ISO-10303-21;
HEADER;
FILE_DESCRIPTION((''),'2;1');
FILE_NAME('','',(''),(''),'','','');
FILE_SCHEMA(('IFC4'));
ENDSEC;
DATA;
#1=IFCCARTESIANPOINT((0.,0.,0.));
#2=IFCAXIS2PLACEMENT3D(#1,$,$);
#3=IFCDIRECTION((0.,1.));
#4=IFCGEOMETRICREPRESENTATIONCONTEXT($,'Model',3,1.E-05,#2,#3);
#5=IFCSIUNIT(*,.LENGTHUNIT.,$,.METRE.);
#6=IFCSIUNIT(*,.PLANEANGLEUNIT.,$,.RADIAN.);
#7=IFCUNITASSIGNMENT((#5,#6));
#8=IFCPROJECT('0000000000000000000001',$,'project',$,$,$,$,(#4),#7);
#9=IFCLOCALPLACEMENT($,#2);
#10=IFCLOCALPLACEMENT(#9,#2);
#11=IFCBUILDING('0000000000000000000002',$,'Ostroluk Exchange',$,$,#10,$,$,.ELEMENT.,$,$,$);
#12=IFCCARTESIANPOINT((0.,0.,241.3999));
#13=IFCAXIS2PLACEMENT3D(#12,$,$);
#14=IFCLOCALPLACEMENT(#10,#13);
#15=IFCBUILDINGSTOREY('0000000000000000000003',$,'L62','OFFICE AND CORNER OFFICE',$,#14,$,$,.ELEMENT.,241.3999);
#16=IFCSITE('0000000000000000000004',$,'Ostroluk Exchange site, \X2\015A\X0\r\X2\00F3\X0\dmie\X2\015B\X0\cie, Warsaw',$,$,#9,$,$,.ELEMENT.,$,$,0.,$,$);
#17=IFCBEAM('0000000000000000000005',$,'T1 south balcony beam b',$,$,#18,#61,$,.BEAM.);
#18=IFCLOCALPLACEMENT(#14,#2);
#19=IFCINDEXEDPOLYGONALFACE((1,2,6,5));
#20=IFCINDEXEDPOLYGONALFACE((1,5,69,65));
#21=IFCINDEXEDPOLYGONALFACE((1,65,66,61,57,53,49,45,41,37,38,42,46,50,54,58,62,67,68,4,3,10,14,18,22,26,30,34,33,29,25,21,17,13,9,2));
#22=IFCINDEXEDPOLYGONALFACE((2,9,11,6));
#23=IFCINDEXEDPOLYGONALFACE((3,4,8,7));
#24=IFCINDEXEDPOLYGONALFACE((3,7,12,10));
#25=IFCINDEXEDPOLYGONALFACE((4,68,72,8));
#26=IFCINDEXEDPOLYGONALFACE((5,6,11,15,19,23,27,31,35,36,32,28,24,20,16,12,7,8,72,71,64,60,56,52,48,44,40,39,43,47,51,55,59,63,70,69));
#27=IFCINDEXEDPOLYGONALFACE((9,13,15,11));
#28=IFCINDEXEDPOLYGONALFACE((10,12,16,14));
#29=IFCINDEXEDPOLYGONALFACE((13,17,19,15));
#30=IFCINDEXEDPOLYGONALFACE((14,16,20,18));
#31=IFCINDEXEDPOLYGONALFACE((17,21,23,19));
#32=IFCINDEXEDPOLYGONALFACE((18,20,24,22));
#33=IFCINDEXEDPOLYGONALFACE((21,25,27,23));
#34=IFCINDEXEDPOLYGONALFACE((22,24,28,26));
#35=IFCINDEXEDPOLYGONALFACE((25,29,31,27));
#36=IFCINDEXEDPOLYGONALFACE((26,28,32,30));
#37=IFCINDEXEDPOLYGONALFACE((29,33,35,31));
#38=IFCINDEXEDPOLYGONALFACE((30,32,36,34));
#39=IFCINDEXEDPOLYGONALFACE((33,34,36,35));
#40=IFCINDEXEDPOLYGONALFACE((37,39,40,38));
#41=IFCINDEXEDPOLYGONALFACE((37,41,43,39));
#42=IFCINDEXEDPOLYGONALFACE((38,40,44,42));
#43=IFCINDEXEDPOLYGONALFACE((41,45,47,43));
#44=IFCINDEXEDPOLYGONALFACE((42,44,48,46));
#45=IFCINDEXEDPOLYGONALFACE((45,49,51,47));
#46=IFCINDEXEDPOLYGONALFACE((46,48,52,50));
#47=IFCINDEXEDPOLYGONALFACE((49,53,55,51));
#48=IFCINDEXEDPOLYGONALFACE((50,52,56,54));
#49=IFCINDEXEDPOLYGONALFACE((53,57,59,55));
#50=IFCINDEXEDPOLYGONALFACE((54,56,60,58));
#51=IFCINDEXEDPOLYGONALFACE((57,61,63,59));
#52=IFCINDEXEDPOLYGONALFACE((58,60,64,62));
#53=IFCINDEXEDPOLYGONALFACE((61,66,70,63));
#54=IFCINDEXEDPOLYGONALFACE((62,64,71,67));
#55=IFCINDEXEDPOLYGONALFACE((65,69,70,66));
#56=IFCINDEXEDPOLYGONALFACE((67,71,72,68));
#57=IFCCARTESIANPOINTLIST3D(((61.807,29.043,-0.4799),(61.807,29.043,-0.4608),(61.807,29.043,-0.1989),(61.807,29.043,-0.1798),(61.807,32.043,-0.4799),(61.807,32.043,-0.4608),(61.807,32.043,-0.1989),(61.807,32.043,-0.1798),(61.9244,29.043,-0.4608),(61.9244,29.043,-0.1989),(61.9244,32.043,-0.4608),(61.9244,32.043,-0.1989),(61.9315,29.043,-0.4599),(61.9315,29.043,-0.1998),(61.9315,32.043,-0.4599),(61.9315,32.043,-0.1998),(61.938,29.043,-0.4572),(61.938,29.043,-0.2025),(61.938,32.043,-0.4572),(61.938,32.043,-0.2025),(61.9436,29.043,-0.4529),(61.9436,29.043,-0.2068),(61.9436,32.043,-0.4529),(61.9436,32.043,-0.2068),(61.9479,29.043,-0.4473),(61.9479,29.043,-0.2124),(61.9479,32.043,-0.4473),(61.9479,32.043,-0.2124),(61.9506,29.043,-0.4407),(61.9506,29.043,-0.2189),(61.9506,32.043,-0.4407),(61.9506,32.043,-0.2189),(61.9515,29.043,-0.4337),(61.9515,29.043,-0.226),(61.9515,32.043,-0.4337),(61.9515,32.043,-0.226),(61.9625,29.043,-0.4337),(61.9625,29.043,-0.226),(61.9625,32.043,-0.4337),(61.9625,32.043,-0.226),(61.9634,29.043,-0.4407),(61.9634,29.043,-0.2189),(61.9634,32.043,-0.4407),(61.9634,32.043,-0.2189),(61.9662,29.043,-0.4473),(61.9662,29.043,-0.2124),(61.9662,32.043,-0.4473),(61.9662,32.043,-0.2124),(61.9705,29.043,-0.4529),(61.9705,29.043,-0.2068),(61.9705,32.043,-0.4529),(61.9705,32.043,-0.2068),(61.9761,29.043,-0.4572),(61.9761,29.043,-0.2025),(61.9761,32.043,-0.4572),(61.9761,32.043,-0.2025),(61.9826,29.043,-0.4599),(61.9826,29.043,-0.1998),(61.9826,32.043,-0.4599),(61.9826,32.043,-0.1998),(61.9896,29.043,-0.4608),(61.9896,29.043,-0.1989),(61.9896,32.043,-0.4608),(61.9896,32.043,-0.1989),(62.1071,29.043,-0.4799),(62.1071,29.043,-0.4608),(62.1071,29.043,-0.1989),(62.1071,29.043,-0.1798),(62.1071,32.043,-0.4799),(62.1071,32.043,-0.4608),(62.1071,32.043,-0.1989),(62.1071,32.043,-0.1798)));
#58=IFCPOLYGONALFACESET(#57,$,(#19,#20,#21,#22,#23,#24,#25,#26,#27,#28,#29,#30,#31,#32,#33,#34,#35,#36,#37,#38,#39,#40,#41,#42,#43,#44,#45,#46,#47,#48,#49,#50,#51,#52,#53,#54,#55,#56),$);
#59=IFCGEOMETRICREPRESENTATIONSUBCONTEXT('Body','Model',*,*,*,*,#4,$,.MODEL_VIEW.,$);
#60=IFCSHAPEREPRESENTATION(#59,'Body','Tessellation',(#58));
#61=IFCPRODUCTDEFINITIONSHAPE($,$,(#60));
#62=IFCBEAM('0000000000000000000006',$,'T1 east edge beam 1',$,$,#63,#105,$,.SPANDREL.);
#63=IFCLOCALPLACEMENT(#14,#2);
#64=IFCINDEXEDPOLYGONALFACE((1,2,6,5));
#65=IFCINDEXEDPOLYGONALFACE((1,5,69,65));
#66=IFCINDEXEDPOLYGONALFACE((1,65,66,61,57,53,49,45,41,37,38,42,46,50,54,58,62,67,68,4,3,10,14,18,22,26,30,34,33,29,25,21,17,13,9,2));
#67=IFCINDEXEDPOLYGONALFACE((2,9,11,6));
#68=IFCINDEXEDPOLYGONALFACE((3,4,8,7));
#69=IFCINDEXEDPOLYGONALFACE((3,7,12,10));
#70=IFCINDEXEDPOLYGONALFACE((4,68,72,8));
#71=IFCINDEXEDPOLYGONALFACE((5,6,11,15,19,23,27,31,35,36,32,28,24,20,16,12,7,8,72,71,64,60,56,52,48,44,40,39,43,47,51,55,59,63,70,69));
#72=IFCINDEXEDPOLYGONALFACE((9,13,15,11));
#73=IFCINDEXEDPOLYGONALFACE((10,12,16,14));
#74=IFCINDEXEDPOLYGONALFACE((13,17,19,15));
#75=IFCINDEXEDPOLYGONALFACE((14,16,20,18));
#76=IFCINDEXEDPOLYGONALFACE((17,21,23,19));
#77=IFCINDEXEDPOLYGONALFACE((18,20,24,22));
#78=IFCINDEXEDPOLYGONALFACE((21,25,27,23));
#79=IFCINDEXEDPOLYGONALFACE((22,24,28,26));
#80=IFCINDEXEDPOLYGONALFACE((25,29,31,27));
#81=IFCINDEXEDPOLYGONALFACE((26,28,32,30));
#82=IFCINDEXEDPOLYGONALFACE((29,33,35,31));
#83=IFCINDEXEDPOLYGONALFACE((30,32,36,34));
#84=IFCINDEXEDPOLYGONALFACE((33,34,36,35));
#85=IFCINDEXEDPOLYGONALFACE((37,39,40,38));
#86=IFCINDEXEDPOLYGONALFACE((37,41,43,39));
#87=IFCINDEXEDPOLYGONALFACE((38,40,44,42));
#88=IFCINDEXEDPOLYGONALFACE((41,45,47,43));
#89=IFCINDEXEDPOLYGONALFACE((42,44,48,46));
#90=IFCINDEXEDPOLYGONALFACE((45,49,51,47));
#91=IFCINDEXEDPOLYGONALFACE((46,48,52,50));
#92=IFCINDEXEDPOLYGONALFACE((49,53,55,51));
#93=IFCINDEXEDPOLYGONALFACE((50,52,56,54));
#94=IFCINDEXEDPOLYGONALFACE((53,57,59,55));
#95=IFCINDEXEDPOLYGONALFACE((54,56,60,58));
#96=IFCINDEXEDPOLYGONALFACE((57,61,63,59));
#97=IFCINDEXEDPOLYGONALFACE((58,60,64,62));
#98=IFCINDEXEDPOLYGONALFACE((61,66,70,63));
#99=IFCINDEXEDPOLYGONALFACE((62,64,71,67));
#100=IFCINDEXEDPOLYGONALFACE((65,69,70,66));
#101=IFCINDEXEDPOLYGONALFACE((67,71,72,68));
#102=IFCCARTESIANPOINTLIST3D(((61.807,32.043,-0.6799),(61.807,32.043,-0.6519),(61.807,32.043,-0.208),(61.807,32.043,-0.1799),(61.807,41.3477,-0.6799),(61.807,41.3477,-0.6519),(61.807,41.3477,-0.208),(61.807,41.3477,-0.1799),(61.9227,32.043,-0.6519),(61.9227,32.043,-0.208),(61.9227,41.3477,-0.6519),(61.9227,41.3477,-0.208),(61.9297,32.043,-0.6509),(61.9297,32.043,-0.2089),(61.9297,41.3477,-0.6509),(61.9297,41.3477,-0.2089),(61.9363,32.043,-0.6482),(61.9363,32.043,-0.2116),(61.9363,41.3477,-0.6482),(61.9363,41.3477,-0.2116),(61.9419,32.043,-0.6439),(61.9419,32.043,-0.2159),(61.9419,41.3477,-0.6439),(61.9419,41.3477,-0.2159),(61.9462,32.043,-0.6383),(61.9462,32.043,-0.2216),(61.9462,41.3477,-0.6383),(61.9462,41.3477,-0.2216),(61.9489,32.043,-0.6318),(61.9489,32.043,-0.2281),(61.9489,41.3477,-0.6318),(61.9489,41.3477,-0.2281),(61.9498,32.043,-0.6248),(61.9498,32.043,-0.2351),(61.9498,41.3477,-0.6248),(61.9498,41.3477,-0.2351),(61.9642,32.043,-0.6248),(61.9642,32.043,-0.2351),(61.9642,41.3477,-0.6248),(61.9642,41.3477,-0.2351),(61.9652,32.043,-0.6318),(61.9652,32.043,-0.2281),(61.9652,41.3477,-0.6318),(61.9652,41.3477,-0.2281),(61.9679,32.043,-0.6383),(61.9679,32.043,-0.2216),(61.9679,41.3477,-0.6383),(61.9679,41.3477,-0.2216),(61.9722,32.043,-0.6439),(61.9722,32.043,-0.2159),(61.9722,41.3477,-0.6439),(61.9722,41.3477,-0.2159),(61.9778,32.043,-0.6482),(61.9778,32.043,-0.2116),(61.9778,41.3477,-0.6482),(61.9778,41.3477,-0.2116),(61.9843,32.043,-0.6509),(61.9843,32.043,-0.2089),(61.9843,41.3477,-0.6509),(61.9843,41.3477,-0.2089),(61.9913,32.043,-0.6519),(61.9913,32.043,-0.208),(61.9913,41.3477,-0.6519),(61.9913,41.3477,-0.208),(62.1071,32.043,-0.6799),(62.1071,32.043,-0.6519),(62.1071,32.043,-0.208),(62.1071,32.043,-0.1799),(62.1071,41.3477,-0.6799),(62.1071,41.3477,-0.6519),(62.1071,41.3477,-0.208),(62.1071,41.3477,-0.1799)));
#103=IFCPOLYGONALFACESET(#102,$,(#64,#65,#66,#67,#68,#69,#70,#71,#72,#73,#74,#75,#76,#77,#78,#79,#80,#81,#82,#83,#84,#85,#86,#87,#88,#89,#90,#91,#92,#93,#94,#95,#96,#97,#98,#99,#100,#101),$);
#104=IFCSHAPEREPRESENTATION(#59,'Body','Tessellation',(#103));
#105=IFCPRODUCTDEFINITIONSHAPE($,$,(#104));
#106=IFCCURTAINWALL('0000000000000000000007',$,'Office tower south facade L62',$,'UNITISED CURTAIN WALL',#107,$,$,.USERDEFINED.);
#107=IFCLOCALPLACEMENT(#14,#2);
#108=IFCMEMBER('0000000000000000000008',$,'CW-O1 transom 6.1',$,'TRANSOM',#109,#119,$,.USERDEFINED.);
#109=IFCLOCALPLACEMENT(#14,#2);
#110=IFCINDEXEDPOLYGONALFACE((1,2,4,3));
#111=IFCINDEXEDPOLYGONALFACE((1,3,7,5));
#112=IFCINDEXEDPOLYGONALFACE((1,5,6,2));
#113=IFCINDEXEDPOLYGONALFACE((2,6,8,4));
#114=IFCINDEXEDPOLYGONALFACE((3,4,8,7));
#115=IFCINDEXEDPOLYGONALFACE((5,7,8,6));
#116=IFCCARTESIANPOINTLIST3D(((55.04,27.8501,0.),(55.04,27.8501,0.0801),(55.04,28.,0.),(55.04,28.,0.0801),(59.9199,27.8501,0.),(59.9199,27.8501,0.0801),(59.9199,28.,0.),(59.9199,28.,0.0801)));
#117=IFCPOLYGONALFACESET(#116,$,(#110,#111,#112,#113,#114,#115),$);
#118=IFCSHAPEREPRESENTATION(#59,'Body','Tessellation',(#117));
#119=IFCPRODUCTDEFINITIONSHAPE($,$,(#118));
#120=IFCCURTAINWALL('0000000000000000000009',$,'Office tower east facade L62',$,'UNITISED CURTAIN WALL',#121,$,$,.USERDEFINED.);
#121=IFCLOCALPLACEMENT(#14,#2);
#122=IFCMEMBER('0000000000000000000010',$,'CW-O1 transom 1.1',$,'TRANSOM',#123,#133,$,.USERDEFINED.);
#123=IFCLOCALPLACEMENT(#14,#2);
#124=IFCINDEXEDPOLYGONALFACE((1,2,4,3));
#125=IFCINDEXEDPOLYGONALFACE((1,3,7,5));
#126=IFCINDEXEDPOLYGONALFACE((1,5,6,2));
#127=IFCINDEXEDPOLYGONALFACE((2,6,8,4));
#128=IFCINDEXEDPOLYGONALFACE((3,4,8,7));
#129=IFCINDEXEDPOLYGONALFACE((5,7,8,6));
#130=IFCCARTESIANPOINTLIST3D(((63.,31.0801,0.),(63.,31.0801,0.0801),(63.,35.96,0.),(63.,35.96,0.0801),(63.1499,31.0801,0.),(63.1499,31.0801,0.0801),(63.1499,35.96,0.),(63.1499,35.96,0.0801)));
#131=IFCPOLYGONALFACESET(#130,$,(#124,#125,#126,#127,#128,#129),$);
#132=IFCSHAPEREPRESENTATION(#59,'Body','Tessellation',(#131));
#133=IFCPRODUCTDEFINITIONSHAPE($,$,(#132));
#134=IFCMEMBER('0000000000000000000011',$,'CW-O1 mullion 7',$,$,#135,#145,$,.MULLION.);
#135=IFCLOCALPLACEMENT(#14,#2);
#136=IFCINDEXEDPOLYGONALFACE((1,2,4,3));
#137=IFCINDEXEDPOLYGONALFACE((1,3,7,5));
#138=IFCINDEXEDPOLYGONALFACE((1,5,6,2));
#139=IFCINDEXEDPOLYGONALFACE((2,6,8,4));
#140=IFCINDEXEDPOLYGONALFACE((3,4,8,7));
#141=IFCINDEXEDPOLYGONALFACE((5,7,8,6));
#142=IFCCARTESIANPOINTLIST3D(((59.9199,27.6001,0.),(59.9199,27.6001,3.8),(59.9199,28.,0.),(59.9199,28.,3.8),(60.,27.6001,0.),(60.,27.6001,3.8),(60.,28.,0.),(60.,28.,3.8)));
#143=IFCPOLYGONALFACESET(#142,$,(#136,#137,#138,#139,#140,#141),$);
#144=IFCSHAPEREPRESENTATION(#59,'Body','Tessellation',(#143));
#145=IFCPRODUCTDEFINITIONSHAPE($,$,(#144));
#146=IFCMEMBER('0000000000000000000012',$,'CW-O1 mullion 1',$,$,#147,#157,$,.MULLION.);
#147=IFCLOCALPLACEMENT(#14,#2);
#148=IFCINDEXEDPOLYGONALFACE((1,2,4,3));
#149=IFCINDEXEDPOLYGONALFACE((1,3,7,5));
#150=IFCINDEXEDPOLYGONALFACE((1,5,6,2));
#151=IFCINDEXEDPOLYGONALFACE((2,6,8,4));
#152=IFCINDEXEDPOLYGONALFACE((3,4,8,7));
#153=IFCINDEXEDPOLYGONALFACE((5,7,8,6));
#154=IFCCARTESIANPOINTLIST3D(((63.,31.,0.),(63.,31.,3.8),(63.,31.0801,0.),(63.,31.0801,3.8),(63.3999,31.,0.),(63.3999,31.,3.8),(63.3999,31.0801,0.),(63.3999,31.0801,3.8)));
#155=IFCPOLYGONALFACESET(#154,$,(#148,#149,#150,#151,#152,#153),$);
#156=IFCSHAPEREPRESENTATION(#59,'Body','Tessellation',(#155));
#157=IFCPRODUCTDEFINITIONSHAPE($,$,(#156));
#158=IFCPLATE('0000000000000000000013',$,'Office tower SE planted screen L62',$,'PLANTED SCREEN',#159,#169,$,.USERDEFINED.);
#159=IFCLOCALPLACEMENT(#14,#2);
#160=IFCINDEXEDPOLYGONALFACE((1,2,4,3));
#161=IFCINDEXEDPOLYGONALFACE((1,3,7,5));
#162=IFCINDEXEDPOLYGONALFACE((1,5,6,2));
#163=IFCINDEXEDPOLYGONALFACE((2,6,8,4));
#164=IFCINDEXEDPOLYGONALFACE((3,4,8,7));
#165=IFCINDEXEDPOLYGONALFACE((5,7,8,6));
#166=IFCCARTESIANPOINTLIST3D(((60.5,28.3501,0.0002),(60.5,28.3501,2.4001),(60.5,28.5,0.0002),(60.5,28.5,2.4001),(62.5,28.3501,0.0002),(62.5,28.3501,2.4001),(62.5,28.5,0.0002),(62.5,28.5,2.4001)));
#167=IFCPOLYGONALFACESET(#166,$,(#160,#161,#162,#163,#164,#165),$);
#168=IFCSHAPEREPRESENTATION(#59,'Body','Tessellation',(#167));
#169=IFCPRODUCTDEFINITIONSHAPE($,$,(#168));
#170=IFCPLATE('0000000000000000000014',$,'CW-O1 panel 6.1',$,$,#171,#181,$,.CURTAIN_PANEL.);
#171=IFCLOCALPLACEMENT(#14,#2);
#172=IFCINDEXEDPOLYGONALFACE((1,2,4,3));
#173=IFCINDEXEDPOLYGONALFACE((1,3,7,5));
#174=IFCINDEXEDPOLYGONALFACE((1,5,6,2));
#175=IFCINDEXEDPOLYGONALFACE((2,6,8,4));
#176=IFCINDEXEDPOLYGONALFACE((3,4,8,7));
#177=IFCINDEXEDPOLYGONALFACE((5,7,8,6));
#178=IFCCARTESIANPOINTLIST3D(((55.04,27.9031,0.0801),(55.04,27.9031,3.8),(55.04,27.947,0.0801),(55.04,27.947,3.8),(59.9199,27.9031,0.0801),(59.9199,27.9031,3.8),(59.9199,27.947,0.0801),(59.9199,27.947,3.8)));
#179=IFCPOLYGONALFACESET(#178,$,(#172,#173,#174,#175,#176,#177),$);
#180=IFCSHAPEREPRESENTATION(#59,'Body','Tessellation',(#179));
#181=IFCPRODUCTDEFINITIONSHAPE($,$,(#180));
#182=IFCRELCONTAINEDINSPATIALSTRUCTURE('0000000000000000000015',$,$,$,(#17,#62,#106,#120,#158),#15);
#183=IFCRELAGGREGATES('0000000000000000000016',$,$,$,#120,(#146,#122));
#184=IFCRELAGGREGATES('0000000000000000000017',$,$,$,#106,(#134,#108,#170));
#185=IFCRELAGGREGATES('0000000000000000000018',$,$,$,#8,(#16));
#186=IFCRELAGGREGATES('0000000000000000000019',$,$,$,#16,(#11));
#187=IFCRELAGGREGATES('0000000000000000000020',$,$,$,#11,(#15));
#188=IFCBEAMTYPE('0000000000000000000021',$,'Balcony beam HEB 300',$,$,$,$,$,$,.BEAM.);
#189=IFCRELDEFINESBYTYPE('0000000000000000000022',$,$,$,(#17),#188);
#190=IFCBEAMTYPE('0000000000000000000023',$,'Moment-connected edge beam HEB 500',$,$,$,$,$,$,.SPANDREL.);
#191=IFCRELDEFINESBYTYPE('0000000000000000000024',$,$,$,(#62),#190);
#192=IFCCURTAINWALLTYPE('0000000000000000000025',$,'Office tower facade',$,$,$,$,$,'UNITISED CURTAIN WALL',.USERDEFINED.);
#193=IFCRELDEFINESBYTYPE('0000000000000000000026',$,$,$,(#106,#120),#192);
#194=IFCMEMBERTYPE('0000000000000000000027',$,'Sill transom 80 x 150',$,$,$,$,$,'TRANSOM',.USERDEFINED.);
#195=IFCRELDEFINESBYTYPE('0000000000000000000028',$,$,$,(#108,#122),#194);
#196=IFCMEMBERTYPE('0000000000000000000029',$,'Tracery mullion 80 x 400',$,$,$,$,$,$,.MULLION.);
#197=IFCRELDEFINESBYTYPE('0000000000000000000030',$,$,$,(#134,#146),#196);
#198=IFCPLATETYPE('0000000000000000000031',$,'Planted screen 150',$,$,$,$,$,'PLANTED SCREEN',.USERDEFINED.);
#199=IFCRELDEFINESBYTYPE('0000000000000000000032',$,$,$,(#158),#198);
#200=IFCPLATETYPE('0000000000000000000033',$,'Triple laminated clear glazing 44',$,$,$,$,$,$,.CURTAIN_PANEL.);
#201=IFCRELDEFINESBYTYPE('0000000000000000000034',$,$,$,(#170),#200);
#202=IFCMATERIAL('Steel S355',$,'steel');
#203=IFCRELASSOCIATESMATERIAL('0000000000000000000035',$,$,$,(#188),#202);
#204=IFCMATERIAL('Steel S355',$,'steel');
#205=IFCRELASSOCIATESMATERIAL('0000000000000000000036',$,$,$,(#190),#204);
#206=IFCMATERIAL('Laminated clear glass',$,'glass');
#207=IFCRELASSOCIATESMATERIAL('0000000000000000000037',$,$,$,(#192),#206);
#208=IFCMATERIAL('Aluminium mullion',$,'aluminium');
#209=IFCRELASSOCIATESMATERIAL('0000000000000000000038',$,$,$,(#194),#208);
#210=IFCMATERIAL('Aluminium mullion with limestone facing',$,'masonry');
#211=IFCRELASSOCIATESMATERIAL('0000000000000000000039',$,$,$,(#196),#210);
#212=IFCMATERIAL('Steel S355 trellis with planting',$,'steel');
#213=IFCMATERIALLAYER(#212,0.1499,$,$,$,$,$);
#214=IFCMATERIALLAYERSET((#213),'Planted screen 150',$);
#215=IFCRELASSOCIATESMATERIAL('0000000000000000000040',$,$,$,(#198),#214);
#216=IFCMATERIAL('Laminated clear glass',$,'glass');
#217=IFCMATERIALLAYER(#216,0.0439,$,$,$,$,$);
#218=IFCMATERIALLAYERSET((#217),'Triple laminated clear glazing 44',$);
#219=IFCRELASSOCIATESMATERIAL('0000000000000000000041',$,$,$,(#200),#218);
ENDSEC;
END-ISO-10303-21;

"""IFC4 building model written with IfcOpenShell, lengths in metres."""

from ifc_helpers import new_model, si_unit, direction, frame, origin, origin_2d, place, context, subcontext, project, spatial, rectangle, i_section, extrude, material, layer, layer_set, material_profile, profile_set, type_object, element, aggregate, save


model = new_model("IFC4")

# Units and contexts
model_context = context("Model", 3, precision=1e-05, world=origin(), true_north=direction((0.0, 1.0)))
body_context = subcontext(model_context, "Body", "Model", "MODEL_VIEW")
ifc_project = project(units=[si_unit("LENGTHUNIT", "METRE"), si_unit("PLANEANGLEUNIT", "RADIAN")], contexts=[model_context])

# Site, building, storey
site_placement = place(None, origin())
site = spatial("IfcSite", under=ifc_project, at=site_placement, Name="Ostroluk Exchange site, Śródmieście, Warsaw", CompositionType="ELEMENT", RefElevation=0.0)
building_placement = place(site_placement, origin())
building = spatial("IfcBuilding", under=site, at=building_placement, Name="Ostroluk Exchange", CompositionType="ELEMENT")
storey_placement = place(building_placement, frame((0.0, 0.0, 241.3999)))
storey = spatial("IfcBuildingStorey", under=building, at=storey_placement, Name="L62", Description="OFFICE AND CORNER OFFICE", CompositionType="ELEMENT", Elevation=241.3999)

# Beams
ifc_material_1 = material(Name="Steel S355", Category="steel")
ifc_material_profile_1 = material_profile(ifc_material_1, i_section(OverallWidth=0.3, OverallDepth=0.3, WebThickness=0.011, FlangeThickness=0.019, FilletRadius=0.0271, at=origin_2d()), Name="HEB 300")
ifc_profile_set_1 = profile_set([ifc_material_profile_1], Name="Steel S355")
beam_type_1 = type_object("IfcBeamType", Name="Balcony beam HEB 300", PredefinedType="BEAM", material=ifc_profile_set_1)
for number, where, z_axis, x_axis, name in (
    (1, (61.957, 32.043, -0.3298), (0.0, -1.0, 0.0), (1.0, 0.0, 0.0), "T1 south balcony beam b"),
):
    element("IfcBeam", number, at=place(storey_placement, frame(where, z_axis=z_axis, x_axis=x_axis)), inside=storey, type_object=beam_type_1, Name=name, PredefinedType="BEAM", context=body_context, shape_type="SweptSolid", body=[
        extrude(i_section(OverallWidth=0.3, OverallDepth=0.3, WebThickness=0.011, FlangeThickness=0.019, FilletRadius=0.0271, at=origin_2d()), origin(), (0.0, 0.0, 1.0), 3.0),
    ])
ifc_material_2 = material(Name="Steel S355", Category="steel")
ifc_material_profile_2 = material_profile(ifc_material_2, i_section(OverallWidth=0.3, OverallDepth=0.5, WebThickness=0.0144, FlangeThickness=0.0281, FilletRadius=0.0271, at=origin_2d()), Name="HEB 500")
ifc_profile_set_2 = profile_set([ifc_material_profile_2], Name="Steel S355")
beam_type_2 = type_object("IfcBeamType", Name="Moment-connected edge beam HEB 500", PredefinedType="SPANDREL", material=ifc_profile_set_2)
beam_placement = place(storey_placement, frame((61.957, 32.043, -0.4299), z_axis=(0.0, 1.0, 0.0), x_axis=(-1.0, 0.0, 0.0)))
element("IfcBeam", 2, at=beam_placement, inside=storey, type_object=beam_type_2, Name="T1 east edge beam 1", PredefinedType="SPANDREL", context=body_context, shape_type="SweptSolid", body=[
    extrude(i_section(OverallWidth=0.3, OverallDepth=0.5, WebThickness=0.0144, FlangeThickness=0.0281, FilletRadius=0.0271, at=origin_2d()), origin(), (0.0, 0.0, 1.0), 9.3047),
])

# Curtain walls, members
ifc_material_3 = material(Name="Laminated clear glass", Category="glass")
curtain_wall_type = type_object("IfcCurtainWallType", Name="Office tower facade", ElementType="UNITISED CURTAIN WALL", PredefinedType="USERDEFINED", material=ifc_material_3)
curtain_wall_1_placement = place(storey_placement, origin())
curtain_wall_1 = element("IfcCurtainWall", 3, at=curtain_wall_1_placement, inside=storey, type_object=curtain_wall_type, Name="Office tower south facade L62", ObjectType="UNITISED CURTAIN WALL", PredefinedType="USERDEFINED")
ifc_material_4 = material(Name="Aluminium mullion", Category="aluminium")
ifc_material_profile_3 = material_profile(ifc_material_4, rectangle(XDim=0.1499, YDim=0.0801, at=origin_2d()), Name="Sill transom 80 x 150")
ifc_profile_set_3 = profile_set([ifc_material_profile_3], Name="Aluminium mullion")
member_type_1 = type_object("IfcMemberType", Name="Sill transom 80 x 150", ElementType="TRANSOM", PredefinedType="USERDEFINED", material=ifc_profile_set_3)
member_1_placement = place(storey_placement, frame((55.04, 27.925, 0.04), z_axis=(1.0, 0.0, 0.0), x_axis=(0.0, 1.0, 0.0)))
member_1 = element("IfcMember", 4, at=member_1_placement, type_object=member_type_1, Name="CW-O1 transom 6.1", ObjectType="TRANSOM", PredefinedType="USERDEFINED", context=body_context, shape_type="SweptSolid", body=[
    extrude(rectangle(XDim=0.1499, YDim=0.0801, at=origin_2d()), origin(), (0.0, 0.0, 1.0), 4.8799),
])
curtain_wall_2_placement = place(storey_placement, origin())
curtain_wall_2 = element("IfcCurtainWall", 5, at=curtain_wall_2_placement, inside=storey, type_object=curtain_wall_type, Name="Office tower east facade L62", ObjectType="UNITISED CURTAIN WALL", PredefinedType="USERDEFINED")
member_2_placement = place(storey_placement, frame((63.075, 31.0801, 0.04), z_axis=(0.0, 1.0, 0.0), x_axis=(-1.0, 0.0, 0.0)))
member_2 = element("IfcMember", 6, at=member_2_placement, type_object=member_type_1, Name="CW-O1 transom 1.1", ObjectType="TRANSOM", PredefinedType="USERDEFINED", context=body_context, shape_type="SweptSolid", body=[
    extrude(rectangle(XDim=0.1499, YDim=0.0801, at=origin_2d()), origin(), (0.0, 0.0, 1.0), 4.8799),
])

# Members
ifc_material_5 = material(Name="Aluminium mullion with limestone facing", Category="masonry")
ifc_material_profile_4 = material_profile(ifc_material_5, rectangle(XDim=0.3999, YDim=0.0801, at=origin_2d()), Name="Tracery mullion 80 x 400")
ifc_profile_set_4 = profile_set([ifc_material_profile_4], Name="Aluminium mullion with limestone facing")
member_type_2 = type_object("IfcMemberType", Name="Tracery mullion 80 x 400", PredefinedType="MULLION", material=ifc_profile_set_4)
member_3_placement = place(storey_placement, frame((59.96, 27.8, 0.0), z_axis=(0.0, 0.0, 1.0), x_axis=(0.0, 1.0, 0.0)))
member_3 = element("IfcMember", 7, at=member_3_placement, type_object=member_type_2, Name="CW-O1 mullion 7", PredefinedType="MULLION", context=body_context, shape_type="SweptSolid", body=[
    extrude(rectangle(XDim=0.3999, YDim=0.0801, at=origin_2d()), origin(), (0.0, 0.0, 1.0), 3.8),
])
member_4_placement = place(storey_placement, frame((63.2, 31.04, 0.0), z_axis=(0.0, 0.0, 1.0), x_axis=(-1.0, 0.0, 0.0)))
member_4 = element("IfcMember", 8, at=member_4_placement, type_object=member_type_2, Name="CW-O1 mullion 1", PredefinedType="MULLION", context=body_context, shape_type="SweptSolid", body=[
    extrude(rectangle(XDim=0.3999, YDim=0.0801, at=origin_2d()), origin(), (0.0, 0.0, 1.0), 3.8),
])
aggregate(curtain_wall_2, [member_4, member_2])

# Plates
ifc_material_6 = material(Name="Steel S355 trellis with planting", Category="steel")
ifc_layer_1 = layer(ifc_material_6, 0.1499)
ifc_layer_set_1 = layer_set([ifc_layer_1], Name="Planted screen 150")
plate_type_1 = type_object("IfcPlateType", Name="Planted screen 150", ElementType="PLANTED SCREEN", PredefinedType="USERDEFINED", material=ifc_layer_set_1)
plate_1_placement = place(storey_placement, frame((61.5, 28.425, 0.0002), z_axis=(0.0, 0.0, 1.0), x_axis=(1.0, 0.0, 0.0)))
element("IfcPlate", 9, at=plate_1_placement, inside=storey, type_object=plate_type_1, Name="Office tower SE planted screen L62", ObjectType="PLANTED SCREEN", PredefinedType="USERDEFINED", context=body_context, shape_type="SweptSolid", body=[
    extrude(rectangle(XDim=2.0, YDim=0.1499, at=origin_2d()), origin(), (0.0, 0.0, 1.0), 2.3999),
])
ifc_material_7 = material(Name="Laminated clear glass", Category="glass")
ifc_layer_2 = layer(ifc_material_7, 0.0439)
ifc_layer_set_2 = layer_set([ifc_layer_2], Name="Triple laminated clear glazing 44")
plate_type_2 = type_object("IfcPlateType", Name="Triple laminated clear glazing 44", PredefinedType="CURTAIN_PANEL", material=ifc_layer_set_2)
plate_2_placement = place(storey_placement, frame((57.48, 27.925, 0.0801), z_axis=(0.0, 0.0, 1.0), x_axis=(1.0, 0.0, 0.0)))
plate_2 = element("IfcPlate", 10, at=plate_2_placement, type_object=plate_type_2, Name="CW-O1 panel 6.1", PredefinedType="CURTAIN_PANEL", context=body_context, shape_type="SweptSolid", body=[
    extrude(rectangle(XDim=4.8799, YDim=0.0439, at=origin_2d()), origin(), (0.0, 0.0, 1.0), 3.72),
])
aggregate(curtain_wall_1, [member_3, member_1, plate_2])

save(model, "model.ifc")
